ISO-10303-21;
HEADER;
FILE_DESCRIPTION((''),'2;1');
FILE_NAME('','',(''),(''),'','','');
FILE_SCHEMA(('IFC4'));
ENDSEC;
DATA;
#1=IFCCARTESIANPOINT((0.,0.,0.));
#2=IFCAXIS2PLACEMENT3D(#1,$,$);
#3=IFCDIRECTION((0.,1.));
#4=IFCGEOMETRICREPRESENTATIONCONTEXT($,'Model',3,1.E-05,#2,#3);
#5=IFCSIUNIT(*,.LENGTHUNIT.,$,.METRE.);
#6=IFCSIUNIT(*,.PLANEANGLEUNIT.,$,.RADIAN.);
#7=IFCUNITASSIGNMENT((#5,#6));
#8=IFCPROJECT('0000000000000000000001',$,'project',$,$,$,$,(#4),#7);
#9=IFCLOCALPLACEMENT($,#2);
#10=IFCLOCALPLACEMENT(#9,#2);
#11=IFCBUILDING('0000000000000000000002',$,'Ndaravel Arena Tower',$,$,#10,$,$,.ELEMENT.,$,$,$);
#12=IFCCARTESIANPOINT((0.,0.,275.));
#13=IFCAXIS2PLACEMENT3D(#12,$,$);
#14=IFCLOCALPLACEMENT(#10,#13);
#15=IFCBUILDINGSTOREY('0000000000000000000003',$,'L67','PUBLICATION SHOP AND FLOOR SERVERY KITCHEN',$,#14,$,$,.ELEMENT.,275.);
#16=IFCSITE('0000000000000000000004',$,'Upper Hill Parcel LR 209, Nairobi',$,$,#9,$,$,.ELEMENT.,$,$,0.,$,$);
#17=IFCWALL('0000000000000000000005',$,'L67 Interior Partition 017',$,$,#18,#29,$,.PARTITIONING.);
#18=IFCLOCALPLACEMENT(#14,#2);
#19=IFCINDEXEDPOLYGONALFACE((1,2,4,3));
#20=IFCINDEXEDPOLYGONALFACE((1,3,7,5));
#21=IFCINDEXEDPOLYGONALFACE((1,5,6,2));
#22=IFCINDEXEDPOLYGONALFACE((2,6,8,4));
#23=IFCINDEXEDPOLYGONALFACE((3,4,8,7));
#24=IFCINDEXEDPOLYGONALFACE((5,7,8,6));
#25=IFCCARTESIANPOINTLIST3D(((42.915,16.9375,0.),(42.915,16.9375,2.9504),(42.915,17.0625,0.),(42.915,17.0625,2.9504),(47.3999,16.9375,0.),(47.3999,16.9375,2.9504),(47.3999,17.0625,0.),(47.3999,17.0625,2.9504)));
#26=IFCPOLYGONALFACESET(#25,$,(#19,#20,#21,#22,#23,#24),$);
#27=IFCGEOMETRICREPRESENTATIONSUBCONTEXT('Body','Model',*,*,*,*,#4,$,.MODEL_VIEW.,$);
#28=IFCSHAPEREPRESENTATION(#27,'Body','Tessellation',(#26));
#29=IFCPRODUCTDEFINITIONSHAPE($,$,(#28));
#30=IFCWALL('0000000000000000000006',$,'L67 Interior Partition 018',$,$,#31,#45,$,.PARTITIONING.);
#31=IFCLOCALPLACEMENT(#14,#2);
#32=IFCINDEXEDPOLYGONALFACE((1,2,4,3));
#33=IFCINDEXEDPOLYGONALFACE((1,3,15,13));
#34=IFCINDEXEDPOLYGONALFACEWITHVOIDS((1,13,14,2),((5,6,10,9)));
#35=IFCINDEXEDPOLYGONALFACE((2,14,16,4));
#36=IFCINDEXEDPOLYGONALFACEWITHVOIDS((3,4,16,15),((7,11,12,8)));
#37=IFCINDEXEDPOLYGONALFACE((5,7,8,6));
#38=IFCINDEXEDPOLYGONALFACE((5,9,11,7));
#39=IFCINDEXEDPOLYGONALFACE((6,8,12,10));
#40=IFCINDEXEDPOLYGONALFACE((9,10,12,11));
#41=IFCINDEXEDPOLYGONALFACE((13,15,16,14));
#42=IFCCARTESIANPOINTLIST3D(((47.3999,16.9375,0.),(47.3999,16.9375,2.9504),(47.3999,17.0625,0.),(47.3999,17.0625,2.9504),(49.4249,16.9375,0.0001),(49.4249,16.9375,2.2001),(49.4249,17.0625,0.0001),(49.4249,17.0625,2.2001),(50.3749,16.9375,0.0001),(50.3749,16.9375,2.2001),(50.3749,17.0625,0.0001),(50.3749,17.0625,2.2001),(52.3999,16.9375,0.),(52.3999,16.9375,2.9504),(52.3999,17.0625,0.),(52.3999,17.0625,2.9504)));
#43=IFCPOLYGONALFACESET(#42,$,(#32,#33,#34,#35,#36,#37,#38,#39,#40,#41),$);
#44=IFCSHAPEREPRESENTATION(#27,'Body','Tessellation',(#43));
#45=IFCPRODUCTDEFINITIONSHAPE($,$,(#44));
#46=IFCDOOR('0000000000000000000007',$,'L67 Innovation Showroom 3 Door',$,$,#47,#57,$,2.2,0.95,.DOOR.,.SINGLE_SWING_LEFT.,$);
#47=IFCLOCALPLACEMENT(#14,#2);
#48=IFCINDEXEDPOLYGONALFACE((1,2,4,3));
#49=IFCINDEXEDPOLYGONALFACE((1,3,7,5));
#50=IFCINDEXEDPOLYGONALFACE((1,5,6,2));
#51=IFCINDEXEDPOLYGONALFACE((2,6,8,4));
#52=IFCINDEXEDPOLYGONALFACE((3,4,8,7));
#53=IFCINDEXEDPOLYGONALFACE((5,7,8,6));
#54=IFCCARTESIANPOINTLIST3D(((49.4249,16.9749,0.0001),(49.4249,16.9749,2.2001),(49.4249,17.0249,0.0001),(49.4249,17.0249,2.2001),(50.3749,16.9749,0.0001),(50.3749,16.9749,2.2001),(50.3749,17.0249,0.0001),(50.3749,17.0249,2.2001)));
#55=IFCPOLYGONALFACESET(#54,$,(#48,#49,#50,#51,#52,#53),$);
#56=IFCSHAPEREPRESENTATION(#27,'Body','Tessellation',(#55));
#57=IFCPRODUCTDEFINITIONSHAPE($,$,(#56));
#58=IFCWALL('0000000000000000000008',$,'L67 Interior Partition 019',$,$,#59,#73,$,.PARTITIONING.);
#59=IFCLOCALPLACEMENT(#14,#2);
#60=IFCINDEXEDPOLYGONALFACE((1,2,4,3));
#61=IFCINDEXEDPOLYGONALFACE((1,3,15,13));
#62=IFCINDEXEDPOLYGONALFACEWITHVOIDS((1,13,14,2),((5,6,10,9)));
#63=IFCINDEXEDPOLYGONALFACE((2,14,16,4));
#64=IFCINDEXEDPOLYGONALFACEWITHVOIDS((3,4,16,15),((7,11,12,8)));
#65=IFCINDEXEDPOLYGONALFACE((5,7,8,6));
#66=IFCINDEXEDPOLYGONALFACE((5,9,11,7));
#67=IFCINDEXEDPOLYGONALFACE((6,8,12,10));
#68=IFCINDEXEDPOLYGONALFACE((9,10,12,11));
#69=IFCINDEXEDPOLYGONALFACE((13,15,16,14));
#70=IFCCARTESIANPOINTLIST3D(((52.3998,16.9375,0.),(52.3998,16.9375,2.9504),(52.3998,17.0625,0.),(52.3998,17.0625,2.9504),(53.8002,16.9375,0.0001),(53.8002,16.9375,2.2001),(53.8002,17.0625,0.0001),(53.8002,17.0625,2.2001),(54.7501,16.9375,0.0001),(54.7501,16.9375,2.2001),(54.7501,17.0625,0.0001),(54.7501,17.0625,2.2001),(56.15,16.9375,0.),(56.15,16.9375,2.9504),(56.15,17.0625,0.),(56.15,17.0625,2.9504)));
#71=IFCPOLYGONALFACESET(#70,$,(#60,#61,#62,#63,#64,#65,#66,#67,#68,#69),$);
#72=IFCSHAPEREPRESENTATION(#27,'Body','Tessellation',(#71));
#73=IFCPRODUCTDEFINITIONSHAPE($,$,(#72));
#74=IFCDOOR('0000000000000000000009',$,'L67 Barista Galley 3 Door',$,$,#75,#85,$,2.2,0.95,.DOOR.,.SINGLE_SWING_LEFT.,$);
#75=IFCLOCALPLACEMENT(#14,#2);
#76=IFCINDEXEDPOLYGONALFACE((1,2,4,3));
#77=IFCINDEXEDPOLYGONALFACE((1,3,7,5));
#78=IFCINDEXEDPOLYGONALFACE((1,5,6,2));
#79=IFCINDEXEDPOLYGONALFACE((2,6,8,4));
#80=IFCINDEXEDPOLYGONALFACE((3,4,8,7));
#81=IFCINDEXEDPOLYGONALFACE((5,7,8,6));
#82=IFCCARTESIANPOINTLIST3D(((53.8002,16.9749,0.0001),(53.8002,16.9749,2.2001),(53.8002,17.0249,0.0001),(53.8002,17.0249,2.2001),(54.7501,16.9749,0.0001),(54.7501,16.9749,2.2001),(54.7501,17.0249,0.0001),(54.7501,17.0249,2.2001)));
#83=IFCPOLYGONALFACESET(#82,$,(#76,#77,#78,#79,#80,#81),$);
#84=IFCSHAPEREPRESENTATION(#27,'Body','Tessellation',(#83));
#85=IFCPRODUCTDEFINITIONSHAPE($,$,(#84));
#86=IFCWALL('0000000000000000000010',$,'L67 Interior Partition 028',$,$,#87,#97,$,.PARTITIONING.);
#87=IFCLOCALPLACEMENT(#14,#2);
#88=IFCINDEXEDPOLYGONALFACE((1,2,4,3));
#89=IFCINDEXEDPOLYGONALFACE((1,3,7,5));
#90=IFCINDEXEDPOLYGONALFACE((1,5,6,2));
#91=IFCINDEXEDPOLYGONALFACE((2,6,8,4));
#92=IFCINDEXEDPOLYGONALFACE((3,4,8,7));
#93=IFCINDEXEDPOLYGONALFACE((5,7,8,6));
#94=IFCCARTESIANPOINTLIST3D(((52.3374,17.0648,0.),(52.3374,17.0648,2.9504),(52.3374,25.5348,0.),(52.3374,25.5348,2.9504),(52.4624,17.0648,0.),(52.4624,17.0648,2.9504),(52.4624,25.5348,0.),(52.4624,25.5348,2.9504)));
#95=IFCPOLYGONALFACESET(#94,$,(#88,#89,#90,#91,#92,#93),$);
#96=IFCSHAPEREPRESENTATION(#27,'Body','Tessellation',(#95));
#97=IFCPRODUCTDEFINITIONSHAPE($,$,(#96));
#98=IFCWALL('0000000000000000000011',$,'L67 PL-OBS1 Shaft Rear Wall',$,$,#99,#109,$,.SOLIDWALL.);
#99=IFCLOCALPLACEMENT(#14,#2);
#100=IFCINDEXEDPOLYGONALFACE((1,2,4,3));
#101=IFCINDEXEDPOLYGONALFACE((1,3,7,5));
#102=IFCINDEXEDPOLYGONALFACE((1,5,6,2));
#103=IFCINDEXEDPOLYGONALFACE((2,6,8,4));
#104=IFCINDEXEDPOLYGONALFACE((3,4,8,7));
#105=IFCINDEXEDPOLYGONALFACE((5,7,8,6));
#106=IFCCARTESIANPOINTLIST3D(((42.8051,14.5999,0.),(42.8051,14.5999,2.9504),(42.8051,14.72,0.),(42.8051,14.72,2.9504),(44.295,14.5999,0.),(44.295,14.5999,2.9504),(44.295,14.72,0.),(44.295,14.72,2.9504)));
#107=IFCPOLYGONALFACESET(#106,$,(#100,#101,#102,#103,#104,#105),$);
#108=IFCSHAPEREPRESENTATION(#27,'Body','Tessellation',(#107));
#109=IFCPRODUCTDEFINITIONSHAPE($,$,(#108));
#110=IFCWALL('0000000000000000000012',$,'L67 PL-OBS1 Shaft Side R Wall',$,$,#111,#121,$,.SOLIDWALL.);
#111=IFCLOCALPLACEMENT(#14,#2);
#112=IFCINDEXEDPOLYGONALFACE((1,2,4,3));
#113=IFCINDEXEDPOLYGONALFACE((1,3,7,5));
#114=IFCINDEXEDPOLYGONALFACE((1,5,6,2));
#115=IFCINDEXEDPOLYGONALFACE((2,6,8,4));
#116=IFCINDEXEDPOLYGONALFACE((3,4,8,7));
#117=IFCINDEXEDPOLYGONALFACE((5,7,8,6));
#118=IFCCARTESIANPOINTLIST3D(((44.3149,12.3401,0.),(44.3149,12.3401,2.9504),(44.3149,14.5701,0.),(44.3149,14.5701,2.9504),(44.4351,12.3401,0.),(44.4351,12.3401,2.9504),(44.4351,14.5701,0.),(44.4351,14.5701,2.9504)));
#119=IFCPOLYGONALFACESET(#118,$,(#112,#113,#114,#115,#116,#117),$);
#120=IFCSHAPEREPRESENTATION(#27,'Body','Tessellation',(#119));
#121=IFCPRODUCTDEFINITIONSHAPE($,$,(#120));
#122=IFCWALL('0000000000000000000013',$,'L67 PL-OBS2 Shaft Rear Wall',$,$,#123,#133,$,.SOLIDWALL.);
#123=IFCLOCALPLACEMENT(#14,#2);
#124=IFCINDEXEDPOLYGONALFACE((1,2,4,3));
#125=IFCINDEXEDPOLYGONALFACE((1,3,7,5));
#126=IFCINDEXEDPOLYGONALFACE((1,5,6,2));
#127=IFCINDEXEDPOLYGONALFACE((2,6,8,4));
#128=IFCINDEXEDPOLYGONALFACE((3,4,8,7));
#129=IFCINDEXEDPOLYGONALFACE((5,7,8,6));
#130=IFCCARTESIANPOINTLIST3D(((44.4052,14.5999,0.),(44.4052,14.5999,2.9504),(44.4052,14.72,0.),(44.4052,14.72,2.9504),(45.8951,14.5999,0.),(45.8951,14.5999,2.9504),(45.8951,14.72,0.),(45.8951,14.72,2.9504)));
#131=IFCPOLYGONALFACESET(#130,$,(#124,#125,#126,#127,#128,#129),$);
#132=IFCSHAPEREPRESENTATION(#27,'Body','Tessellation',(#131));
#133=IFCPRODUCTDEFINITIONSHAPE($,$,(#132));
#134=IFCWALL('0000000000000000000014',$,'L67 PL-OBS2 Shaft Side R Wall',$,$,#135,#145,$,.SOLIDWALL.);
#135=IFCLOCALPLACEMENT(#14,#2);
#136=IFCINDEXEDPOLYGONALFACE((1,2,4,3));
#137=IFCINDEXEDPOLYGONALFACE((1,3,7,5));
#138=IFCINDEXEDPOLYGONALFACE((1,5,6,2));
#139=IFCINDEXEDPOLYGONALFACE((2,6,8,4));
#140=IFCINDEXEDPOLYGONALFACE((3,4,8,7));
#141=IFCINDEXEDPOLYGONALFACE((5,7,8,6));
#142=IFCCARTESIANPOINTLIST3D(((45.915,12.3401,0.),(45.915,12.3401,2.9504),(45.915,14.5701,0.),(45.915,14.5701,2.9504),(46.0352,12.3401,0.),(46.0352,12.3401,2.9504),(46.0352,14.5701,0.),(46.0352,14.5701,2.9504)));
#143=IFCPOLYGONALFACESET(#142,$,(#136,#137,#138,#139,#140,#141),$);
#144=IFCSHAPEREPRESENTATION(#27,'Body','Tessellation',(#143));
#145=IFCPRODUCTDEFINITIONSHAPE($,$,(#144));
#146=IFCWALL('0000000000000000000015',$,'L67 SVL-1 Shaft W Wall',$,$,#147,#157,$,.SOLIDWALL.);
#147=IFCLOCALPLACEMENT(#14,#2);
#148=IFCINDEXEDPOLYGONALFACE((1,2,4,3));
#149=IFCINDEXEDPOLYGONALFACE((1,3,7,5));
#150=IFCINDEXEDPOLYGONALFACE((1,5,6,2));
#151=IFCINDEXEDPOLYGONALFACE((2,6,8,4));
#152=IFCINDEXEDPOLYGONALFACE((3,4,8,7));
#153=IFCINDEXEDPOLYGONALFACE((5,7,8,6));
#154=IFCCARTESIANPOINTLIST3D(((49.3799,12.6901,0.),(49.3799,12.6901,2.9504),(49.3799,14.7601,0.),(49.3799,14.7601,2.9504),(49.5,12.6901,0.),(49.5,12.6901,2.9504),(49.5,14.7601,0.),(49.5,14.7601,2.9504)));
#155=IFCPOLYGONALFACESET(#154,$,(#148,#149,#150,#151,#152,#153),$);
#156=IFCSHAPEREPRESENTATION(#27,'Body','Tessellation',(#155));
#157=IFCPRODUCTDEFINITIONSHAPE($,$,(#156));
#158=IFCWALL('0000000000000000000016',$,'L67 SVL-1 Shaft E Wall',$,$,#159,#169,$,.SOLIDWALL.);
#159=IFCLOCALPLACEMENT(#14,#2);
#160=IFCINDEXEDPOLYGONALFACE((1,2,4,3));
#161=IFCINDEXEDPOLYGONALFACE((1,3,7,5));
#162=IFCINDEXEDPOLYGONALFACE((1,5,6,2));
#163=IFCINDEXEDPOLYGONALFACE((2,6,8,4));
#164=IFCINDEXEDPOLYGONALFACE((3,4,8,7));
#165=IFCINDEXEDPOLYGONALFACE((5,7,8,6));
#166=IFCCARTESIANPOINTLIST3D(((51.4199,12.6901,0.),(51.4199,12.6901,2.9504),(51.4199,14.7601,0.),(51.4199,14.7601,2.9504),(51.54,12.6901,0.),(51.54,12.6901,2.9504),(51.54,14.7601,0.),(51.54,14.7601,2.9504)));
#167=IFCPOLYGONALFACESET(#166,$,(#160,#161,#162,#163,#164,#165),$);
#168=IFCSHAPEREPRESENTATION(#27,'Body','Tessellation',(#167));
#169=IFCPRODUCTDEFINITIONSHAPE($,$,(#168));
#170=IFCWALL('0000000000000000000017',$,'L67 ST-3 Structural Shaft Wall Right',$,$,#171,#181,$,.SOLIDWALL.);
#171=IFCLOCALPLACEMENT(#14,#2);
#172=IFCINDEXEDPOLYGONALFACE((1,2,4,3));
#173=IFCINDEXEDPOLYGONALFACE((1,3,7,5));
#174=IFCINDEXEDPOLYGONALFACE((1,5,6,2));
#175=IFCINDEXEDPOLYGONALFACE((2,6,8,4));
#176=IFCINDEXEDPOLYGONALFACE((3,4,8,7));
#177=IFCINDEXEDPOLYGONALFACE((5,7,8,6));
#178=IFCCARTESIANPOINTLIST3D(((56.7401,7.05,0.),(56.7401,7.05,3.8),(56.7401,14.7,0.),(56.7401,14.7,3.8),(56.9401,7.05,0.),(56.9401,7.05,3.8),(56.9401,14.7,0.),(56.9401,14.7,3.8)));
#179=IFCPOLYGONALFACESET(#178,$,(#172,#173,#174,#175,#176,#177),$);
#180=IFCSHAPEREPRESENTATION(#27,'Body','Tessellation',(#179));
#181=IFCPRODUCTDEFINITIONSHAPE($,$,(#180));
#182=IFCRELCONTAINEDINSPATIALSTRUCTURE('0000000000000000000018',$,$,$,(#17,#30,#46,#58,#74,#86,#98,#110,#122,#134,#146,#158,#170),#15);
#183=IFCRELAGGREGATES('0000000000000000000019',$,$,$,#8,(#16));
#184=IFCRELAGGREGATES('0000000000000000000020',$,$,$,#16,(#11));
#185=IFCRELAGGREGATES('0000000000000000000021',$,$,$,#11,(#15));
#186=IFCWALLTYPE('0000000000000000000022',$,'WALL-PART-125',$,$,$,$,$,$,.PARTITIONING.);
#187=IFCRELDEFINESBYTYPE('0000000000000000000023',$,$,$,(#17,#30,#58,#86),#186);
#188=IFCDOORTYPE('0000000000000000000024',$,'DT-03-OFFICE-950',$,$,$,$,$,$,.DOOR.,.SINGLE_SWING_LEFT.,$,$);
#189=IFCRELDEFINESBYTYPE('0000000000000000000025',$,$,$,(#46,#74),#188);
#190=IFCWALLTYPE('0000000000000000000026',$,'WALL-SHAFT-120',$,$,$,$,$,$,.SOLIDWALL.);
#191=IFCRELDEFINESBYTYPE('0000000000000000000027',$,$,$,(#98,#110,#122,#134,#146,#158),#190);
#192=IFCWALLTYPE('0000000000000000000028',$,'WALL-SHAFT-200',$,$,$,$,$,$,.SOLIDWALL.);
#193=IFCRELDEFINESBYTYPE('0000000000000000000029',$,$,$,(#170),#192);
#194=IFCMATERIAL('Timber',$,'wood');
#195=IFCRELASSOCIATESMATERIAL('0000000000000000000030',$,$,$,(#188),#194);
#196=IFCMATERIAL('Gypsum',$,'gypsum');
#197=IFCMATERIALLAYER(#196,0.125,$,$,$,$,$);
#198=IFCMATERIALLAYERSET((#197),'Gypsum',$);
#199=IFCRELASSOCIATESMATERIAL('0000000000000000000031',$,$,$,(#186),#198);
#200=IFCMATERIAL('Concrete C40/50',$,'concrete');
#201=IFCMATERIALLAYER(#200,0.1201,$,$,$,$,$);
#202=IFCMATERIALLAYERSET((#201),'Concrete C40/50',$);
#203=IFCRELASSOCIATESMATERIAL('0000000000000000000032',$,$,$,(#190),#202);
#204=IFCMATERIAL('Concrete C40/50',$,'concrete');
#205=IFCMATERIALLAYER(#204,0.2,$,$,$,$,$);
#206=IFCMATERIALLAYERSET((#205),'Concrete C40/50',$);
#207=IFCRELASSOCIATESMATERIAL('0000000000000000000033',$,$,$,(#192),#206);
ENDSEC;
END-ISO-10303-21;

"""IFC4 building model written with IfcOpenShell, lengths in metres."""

from ifc_helpers import new_model, si_unit, direction, frame, frame_2d, origin, place, context, subcontext, project, spatial, rectangle, extrude, material, layer, layer_set, type_object, element, fill, save


model = new_model("IFC4")

# Units and contexts
model_context = context("Model", 3, precision=1e-05, world=origin(), true_north=direction((0.0, 1.0)))
body_context = subcontext(model_context, "Body", "Model", "MODEL_VIEW")
ifc_project = project(units=[si_unit("LENGTHUNIT", "METRE"), si_unit("PLANEANGLEUNIT", "RADIAN")], contexts=[model_context])

# Site, building, storey
site_placement = place(None, origin())
site = spatial("IfcSite", under=ifc_project, at=site_placement, Name="Upper Hill Parcel LR 209, Nairobi", CompositionType="ELEMENT", RefElevation=0.0)
building_placement = place(site_placement, origin())
building = spatial("IfcBuilding", under=site, at=building_placement, Name="Ndaravel Arena Tower", CompositionType="ELEMENT")
storey_placement = place(building_placement, frame((0.0, 0.0, 275.0)))
storey = spatial("IfcBuildingStorey", under=building, at=storey_placement, Name="L67", Description="PUBLICATION SHOP AND FLOOR SERVERY KITCHEN", CompositionType="ELEMENT", Elevation=275.0)

# Shared definitions
ifc_material_1 = material(Name="Timber", Category="wood")
door_type_1 = type_object("IfcDoorType", Name="DT-03-OFFICE-950", OperationType="SINGLE_SWING_LEFT", PredefinedType="DOOR", material=ifc_material_1)

# Wall
ifc_material_2 = material(Name="Gypsum", Category="gypsum")
ifc_layer_1 = layer(ifc_material_2, 0.125)
ifc_layer_set_1 = layer_set([ifc_layer_1], Name="Gypsum")
wall_type_1 = type_object("IfcWallType", Name="WALL-PART-125", PredefinedType="PARTITIONING", material=ifc_layer_set_1)
wall_1_placement = place(storey_placement, frame((42.915, 17.0, 0.0), z_axis=(0.0, 0.0, 1.0), x_axis=(1.0, 0.0, 0.0)))
element("IfcWall", 1, at=wall_1_placement, inside=storey, type_object=wall_type_1, Name="L67 Interior Partition 017", PredefinedType="PARTITIONING", context=body_context, shape_type="SweptSolid", body=[
    extrude(rectangle(XDim=4.4849, YDim=0.125, at=frame_2d((2.2424, 0.0))), origin(), (0.0, 0.0, 1.0), 2.9504),
])

# Walls, openings, doors
wall_2_placement = place(storey_placement, frame((47.3999, 17.0, 0.0), z_axis=(0.0, 0.0, 1.0), x_axis=(1.0, 0.0, 0.0)))
wall_2 = element("IfcWall", 2, at=wall_2_placement, inside=storey, type_object=wall_type_1, Name="L67 Interior Partition 018", PredefinedType="PARTITIONING", context=body_context, shape_type="SweptSolid", body=[
    extrude(rectangle(XDim=5.0, YDim=0.125, at=frame_2d((2.5, 0.0))), origin(), (0.0, 0.0, 1.0), 2.9504),
])
opening_1_placement = place(wall_2_placement, frame((2.0249, 0.0, 0.0)))
opening_1 = element("IfcOpeningElement", 3, at=opening_1_placement, cuts=wall_2, PredefinedType="OPENING", context=body_context, shape_type="SweptSolid", body=[
    extrude(rectangle(XDim=0.95, YDim=2.2, at=frame_2d((0.4751, 1.1001))), frame((0.0, 0.0625, 0.0), z_axis=(0.0, -1.0, 0.0), x_axis=(1.0, 0.0, 0.0)), (0.0, 0.0, 1.0), 0.125),
])
door_1_placement = place(opening_1_placement, origin())
door_1 = element("IfcDoor", 4, at=door_1_placement, inside=storey, type_object=door_type_1, Name="L67 Innovation Showroom 3 Door", OperationType="SINGLE_SWING_LEFT", OverallHeight=2.2, OverallWidth=0.95, PredefinedType="DOOR", context=body_context, shape_type="SweptSolid", body=[
    extrude(rectangle(XDim=0.95, YDim=2.2, at=frame_2d((0.4751, 1.1001))), frame((0.0, 0.0249, 0.0), z_axis=(0.0, -1.0, 0.0), x_axis=(1.0, 0.0, 0.0)), (0.0, 0.0, 1.0), 0.05),
])
fill(opening_1, door_1)
wall_3_placement = place(storey_placement, frame((52.3999, 17.0, 0.0), z_axis=(0.0, 0.0, 1.0), x_axis=(1.0, 0.0, 0.0)))
wall_3 = element("IfcWall", 5, at=wall_3_placement, inside=storey, type_object=wall_type_1, Name="L67 Interior Partition 019", PredefinedType="PARTITIONING", context=body_context, shape_type="SweptSolid", body=[
    extrude(rectangle(XDim=3.7502, YDim=0.125, at=frame_2d((1.875, 0.0))), origin(), (0.0, 0.0, 1.0), 2.9504),
])
opening_2_placement = place(wall_3_placement, frame((1.4001, 0.0, 0.0)))
opening_2 = element("IfcOpeningElement", 6, at=opening_2_placement, cuts=wall_3, PredefinedType="OPENING", context=body_context, shape_type="SweptSolid", body=[
    extrude(rectangle(XDim=0.95, YDim=2.2, at=frame_2d((0.4751, 1.1001))), frame((0.0, 0.0625, 0.0), z_axis=(0.0, -1.0, 0.0), x_axis=(1.0, 0.0, 0.0)), (0.0, 0.0, 1.0), 0.125),
])
door_2_placement = place(opening_2_placement, origin())
door_2 = element("IfcDoor", 7, at=door_2_placement, inside=storey, type_object=door_type_1, Name="L67 Barista Galley 3 Door", OperationType="SINGLE_SWING_LEFT", OverallHeight=2.2, OverallWidth=0.95, PredefinedType="DOOR", context=body_context, shape_type="SweptSolid", body=[
    extrude(rectangle(XDim=0.95, YDim=2.2, at=frame_2d((0.4751, 1.1001))), frame((0.0, 0.0249, 0.0), z_axis=(0.0, -1.0, 0.0), x_axis=(1.0, 0.0, 0.0)), (0.0, 0.0, 1.0), 0.05),
])
fill(opening_2, door_2)

# Walls
wall_4_placement = place(storey_placement, frame((52.3999, 17.0649, 0.0), z_axis=(0.0, 0.0, 1.0), x_axis=(0.0, 1.0, 0.0)))
element("IfcWall", 8, at=wall_4_placement, inside=storey, type_object=wall_type_1, Name="L67 Interior Partition 028", PredefinedType="PARTITIONING", context=body_context, shape_type="SweptSolid", body=[
    extrude(rectangle(XDim=8.47, YDim=0.125, at=frame_2d((4.2349, 0.0))), origin(), (0.0, 0.0, 1.0), 2.9504),
])
ifc_material_3 = material(Name="Concrete C40/50", Category="concrete")
ifc_layer_2 = layer(ifc_material_3, 0.1201)
ifc_layer_set_2 = layer_set([ifc_layer_2], Name="Concrete C40/50")
wall_type_2 = type_object("IfcWallType", Name="WALL-SHAFT-120", PredefinedType="SOLIDWALL", material=ifc_layer_set_2)
wall_5_placement = place(storey_placement, frame((42.8049, 14.6599, 0.0), z_axis=(0.0, 0.0, 1.0), x_axis=(1.0, 0.0, 0.0)))
element("IfcWall", 9, at=wall_5_placement, inside=storey, type_object=wall_type_2, Name="L67 PL-OBS1 Shaft Rear Wall", PredefinedType="SOLIDWALL", context=body_context, shape_type="SweptSolid", body=[
    extrude(rectangle(XDim=1.49, YDim=0.1201, at=frame_2d((0.7451, 0.0))), origin(), (0.0, 0.0, 1.0), 2.9504),
])
wall_6_placement = place(storey_placement, frame((44.375, 12.3401, 0.0), z_axis=(0.0, 0.0, 1.0), x_axis=(0.0, 1.0, 0.0)))
element("IfcWall", 10, at=wall_6_placement, inside=storey, type_object=wall_type_2, Name="L67 PL-OBS1 Shaft Side R Wall", PredefinedType="SOLIDWALL", context=body_context, shape_type="SweptSolid", body=[
    extrude(rectangle(XDim=2.23, YDim=0.1201, at=frame_2d((1.115, 0.0))), origin(), (0.0, 0.0, 1.0), 2.9504),
])
wall_7_placement = place(storey_placement, frame((44.405, 14.6599, 0.0), z_axis=(0.0, 0.0, 1.0), x_axis=(1.0, 0.0, 0.0)))
element("IfcWall", 11, at=wall_7_placement, inside=storey, type_object=wall_type_2, Name="L67 PL-OBS2 Shaft Rear Wall", PredefinedType="SOLIDWALL", context=body_context, shape_type="SweptSolid", body=[
    extrude(rectangle(XDim=1.49, YDim=0.1201, at=frame_2d((0.7451, 0.0))), origin(), (0.0, 0.0, 1.0), 2.9504),
])
wall_8_placement = place(storey_placement, frame((45.9751, 12.3401, 0.0), z_axis=(0.0, 0.0, 1.0), x_axis=(0.0, 1.0, 0.0)))
element("IfcWall", 12, at=wall_8_placement, inside=storey, type_object=wall_type_2, Name="L67 PL-OBS2 Shaft Side R Wall", PredefinedType="SOLIDWALL", context=body_context, shape_type="SweptSolid", body=[
    extrude(rectangle(XDim=2.23, YDim=0.1201, at=frame_2d((1.115, 0.0))), origin(), (0.0, 0.0, 1.0), 2.9504),
])
for number, where, z_axis, x_axis, name in (
    (13, (49.4399, 12.6899, 0.0), (0.0, 0.0, 1.0), (0.0, 1.0, 0.0), "L67 SVL-1 Shaft W Wall"),
    (14, (51.48, 12.6899, 0.0), (0.0, 0.0, 1.0), (0.0, 1.0, 0.0), "L67 SVL-1 Shaft E Wall"),
):
    element("IfcWall", number, at=place(storey_placement, frame(where, z_axis=z_axis, x_axis=x_axis)), inside=storey, type_object=wall_type_2, Name=name, PredefinedType="SOLIDWALL", context=body_context, shape_type="SweptSolid", body=[
        extrude(rectangle(XDim=2.0701, YDim=0.1201, at=frame_2d((1.0352, 0.0))), origin(), (0.0, 0.0, 1.0), 2.9504),
    ])
ifc_material_4 = material(Name="Concrete C40/50", Category="concrete")
ifc_layer_3 = layer(ifc_material_4, 0.2)
ifc_layer_set_3 = layer_set([ifc_layer_3], Name="Concrete C40/50")
wall_type_3 = type_object("IfcWallType", Name="WALL-SHAFT-200", PredefinedType="SOLIDWALL", material=ifc_layer_set_3)
wall_9_placement = place(storey_placement, frame((56.8401, 14.7, 0.0), z_axis=(0.0, 0.0, 1.0), x_axis=(0.0, -1.0, 0.0)))
element("IfcWall", 15, at=wall_9_placement, inside=storey, type_object=wall_type_3, Name="L67 ST-3 Structural Shaft Wall Right", PredefinedType="SOLIDWALL", context=body_context, shape_type="SweptSolid", body=[
    extrude(rectangle(XDim=7.6499, YDim=0.2, at=frame_2d((3.825, 0.0))), origin(), (0.0, 0.0, 1.0), 3.8),
])

save(model, "model.ifc")
